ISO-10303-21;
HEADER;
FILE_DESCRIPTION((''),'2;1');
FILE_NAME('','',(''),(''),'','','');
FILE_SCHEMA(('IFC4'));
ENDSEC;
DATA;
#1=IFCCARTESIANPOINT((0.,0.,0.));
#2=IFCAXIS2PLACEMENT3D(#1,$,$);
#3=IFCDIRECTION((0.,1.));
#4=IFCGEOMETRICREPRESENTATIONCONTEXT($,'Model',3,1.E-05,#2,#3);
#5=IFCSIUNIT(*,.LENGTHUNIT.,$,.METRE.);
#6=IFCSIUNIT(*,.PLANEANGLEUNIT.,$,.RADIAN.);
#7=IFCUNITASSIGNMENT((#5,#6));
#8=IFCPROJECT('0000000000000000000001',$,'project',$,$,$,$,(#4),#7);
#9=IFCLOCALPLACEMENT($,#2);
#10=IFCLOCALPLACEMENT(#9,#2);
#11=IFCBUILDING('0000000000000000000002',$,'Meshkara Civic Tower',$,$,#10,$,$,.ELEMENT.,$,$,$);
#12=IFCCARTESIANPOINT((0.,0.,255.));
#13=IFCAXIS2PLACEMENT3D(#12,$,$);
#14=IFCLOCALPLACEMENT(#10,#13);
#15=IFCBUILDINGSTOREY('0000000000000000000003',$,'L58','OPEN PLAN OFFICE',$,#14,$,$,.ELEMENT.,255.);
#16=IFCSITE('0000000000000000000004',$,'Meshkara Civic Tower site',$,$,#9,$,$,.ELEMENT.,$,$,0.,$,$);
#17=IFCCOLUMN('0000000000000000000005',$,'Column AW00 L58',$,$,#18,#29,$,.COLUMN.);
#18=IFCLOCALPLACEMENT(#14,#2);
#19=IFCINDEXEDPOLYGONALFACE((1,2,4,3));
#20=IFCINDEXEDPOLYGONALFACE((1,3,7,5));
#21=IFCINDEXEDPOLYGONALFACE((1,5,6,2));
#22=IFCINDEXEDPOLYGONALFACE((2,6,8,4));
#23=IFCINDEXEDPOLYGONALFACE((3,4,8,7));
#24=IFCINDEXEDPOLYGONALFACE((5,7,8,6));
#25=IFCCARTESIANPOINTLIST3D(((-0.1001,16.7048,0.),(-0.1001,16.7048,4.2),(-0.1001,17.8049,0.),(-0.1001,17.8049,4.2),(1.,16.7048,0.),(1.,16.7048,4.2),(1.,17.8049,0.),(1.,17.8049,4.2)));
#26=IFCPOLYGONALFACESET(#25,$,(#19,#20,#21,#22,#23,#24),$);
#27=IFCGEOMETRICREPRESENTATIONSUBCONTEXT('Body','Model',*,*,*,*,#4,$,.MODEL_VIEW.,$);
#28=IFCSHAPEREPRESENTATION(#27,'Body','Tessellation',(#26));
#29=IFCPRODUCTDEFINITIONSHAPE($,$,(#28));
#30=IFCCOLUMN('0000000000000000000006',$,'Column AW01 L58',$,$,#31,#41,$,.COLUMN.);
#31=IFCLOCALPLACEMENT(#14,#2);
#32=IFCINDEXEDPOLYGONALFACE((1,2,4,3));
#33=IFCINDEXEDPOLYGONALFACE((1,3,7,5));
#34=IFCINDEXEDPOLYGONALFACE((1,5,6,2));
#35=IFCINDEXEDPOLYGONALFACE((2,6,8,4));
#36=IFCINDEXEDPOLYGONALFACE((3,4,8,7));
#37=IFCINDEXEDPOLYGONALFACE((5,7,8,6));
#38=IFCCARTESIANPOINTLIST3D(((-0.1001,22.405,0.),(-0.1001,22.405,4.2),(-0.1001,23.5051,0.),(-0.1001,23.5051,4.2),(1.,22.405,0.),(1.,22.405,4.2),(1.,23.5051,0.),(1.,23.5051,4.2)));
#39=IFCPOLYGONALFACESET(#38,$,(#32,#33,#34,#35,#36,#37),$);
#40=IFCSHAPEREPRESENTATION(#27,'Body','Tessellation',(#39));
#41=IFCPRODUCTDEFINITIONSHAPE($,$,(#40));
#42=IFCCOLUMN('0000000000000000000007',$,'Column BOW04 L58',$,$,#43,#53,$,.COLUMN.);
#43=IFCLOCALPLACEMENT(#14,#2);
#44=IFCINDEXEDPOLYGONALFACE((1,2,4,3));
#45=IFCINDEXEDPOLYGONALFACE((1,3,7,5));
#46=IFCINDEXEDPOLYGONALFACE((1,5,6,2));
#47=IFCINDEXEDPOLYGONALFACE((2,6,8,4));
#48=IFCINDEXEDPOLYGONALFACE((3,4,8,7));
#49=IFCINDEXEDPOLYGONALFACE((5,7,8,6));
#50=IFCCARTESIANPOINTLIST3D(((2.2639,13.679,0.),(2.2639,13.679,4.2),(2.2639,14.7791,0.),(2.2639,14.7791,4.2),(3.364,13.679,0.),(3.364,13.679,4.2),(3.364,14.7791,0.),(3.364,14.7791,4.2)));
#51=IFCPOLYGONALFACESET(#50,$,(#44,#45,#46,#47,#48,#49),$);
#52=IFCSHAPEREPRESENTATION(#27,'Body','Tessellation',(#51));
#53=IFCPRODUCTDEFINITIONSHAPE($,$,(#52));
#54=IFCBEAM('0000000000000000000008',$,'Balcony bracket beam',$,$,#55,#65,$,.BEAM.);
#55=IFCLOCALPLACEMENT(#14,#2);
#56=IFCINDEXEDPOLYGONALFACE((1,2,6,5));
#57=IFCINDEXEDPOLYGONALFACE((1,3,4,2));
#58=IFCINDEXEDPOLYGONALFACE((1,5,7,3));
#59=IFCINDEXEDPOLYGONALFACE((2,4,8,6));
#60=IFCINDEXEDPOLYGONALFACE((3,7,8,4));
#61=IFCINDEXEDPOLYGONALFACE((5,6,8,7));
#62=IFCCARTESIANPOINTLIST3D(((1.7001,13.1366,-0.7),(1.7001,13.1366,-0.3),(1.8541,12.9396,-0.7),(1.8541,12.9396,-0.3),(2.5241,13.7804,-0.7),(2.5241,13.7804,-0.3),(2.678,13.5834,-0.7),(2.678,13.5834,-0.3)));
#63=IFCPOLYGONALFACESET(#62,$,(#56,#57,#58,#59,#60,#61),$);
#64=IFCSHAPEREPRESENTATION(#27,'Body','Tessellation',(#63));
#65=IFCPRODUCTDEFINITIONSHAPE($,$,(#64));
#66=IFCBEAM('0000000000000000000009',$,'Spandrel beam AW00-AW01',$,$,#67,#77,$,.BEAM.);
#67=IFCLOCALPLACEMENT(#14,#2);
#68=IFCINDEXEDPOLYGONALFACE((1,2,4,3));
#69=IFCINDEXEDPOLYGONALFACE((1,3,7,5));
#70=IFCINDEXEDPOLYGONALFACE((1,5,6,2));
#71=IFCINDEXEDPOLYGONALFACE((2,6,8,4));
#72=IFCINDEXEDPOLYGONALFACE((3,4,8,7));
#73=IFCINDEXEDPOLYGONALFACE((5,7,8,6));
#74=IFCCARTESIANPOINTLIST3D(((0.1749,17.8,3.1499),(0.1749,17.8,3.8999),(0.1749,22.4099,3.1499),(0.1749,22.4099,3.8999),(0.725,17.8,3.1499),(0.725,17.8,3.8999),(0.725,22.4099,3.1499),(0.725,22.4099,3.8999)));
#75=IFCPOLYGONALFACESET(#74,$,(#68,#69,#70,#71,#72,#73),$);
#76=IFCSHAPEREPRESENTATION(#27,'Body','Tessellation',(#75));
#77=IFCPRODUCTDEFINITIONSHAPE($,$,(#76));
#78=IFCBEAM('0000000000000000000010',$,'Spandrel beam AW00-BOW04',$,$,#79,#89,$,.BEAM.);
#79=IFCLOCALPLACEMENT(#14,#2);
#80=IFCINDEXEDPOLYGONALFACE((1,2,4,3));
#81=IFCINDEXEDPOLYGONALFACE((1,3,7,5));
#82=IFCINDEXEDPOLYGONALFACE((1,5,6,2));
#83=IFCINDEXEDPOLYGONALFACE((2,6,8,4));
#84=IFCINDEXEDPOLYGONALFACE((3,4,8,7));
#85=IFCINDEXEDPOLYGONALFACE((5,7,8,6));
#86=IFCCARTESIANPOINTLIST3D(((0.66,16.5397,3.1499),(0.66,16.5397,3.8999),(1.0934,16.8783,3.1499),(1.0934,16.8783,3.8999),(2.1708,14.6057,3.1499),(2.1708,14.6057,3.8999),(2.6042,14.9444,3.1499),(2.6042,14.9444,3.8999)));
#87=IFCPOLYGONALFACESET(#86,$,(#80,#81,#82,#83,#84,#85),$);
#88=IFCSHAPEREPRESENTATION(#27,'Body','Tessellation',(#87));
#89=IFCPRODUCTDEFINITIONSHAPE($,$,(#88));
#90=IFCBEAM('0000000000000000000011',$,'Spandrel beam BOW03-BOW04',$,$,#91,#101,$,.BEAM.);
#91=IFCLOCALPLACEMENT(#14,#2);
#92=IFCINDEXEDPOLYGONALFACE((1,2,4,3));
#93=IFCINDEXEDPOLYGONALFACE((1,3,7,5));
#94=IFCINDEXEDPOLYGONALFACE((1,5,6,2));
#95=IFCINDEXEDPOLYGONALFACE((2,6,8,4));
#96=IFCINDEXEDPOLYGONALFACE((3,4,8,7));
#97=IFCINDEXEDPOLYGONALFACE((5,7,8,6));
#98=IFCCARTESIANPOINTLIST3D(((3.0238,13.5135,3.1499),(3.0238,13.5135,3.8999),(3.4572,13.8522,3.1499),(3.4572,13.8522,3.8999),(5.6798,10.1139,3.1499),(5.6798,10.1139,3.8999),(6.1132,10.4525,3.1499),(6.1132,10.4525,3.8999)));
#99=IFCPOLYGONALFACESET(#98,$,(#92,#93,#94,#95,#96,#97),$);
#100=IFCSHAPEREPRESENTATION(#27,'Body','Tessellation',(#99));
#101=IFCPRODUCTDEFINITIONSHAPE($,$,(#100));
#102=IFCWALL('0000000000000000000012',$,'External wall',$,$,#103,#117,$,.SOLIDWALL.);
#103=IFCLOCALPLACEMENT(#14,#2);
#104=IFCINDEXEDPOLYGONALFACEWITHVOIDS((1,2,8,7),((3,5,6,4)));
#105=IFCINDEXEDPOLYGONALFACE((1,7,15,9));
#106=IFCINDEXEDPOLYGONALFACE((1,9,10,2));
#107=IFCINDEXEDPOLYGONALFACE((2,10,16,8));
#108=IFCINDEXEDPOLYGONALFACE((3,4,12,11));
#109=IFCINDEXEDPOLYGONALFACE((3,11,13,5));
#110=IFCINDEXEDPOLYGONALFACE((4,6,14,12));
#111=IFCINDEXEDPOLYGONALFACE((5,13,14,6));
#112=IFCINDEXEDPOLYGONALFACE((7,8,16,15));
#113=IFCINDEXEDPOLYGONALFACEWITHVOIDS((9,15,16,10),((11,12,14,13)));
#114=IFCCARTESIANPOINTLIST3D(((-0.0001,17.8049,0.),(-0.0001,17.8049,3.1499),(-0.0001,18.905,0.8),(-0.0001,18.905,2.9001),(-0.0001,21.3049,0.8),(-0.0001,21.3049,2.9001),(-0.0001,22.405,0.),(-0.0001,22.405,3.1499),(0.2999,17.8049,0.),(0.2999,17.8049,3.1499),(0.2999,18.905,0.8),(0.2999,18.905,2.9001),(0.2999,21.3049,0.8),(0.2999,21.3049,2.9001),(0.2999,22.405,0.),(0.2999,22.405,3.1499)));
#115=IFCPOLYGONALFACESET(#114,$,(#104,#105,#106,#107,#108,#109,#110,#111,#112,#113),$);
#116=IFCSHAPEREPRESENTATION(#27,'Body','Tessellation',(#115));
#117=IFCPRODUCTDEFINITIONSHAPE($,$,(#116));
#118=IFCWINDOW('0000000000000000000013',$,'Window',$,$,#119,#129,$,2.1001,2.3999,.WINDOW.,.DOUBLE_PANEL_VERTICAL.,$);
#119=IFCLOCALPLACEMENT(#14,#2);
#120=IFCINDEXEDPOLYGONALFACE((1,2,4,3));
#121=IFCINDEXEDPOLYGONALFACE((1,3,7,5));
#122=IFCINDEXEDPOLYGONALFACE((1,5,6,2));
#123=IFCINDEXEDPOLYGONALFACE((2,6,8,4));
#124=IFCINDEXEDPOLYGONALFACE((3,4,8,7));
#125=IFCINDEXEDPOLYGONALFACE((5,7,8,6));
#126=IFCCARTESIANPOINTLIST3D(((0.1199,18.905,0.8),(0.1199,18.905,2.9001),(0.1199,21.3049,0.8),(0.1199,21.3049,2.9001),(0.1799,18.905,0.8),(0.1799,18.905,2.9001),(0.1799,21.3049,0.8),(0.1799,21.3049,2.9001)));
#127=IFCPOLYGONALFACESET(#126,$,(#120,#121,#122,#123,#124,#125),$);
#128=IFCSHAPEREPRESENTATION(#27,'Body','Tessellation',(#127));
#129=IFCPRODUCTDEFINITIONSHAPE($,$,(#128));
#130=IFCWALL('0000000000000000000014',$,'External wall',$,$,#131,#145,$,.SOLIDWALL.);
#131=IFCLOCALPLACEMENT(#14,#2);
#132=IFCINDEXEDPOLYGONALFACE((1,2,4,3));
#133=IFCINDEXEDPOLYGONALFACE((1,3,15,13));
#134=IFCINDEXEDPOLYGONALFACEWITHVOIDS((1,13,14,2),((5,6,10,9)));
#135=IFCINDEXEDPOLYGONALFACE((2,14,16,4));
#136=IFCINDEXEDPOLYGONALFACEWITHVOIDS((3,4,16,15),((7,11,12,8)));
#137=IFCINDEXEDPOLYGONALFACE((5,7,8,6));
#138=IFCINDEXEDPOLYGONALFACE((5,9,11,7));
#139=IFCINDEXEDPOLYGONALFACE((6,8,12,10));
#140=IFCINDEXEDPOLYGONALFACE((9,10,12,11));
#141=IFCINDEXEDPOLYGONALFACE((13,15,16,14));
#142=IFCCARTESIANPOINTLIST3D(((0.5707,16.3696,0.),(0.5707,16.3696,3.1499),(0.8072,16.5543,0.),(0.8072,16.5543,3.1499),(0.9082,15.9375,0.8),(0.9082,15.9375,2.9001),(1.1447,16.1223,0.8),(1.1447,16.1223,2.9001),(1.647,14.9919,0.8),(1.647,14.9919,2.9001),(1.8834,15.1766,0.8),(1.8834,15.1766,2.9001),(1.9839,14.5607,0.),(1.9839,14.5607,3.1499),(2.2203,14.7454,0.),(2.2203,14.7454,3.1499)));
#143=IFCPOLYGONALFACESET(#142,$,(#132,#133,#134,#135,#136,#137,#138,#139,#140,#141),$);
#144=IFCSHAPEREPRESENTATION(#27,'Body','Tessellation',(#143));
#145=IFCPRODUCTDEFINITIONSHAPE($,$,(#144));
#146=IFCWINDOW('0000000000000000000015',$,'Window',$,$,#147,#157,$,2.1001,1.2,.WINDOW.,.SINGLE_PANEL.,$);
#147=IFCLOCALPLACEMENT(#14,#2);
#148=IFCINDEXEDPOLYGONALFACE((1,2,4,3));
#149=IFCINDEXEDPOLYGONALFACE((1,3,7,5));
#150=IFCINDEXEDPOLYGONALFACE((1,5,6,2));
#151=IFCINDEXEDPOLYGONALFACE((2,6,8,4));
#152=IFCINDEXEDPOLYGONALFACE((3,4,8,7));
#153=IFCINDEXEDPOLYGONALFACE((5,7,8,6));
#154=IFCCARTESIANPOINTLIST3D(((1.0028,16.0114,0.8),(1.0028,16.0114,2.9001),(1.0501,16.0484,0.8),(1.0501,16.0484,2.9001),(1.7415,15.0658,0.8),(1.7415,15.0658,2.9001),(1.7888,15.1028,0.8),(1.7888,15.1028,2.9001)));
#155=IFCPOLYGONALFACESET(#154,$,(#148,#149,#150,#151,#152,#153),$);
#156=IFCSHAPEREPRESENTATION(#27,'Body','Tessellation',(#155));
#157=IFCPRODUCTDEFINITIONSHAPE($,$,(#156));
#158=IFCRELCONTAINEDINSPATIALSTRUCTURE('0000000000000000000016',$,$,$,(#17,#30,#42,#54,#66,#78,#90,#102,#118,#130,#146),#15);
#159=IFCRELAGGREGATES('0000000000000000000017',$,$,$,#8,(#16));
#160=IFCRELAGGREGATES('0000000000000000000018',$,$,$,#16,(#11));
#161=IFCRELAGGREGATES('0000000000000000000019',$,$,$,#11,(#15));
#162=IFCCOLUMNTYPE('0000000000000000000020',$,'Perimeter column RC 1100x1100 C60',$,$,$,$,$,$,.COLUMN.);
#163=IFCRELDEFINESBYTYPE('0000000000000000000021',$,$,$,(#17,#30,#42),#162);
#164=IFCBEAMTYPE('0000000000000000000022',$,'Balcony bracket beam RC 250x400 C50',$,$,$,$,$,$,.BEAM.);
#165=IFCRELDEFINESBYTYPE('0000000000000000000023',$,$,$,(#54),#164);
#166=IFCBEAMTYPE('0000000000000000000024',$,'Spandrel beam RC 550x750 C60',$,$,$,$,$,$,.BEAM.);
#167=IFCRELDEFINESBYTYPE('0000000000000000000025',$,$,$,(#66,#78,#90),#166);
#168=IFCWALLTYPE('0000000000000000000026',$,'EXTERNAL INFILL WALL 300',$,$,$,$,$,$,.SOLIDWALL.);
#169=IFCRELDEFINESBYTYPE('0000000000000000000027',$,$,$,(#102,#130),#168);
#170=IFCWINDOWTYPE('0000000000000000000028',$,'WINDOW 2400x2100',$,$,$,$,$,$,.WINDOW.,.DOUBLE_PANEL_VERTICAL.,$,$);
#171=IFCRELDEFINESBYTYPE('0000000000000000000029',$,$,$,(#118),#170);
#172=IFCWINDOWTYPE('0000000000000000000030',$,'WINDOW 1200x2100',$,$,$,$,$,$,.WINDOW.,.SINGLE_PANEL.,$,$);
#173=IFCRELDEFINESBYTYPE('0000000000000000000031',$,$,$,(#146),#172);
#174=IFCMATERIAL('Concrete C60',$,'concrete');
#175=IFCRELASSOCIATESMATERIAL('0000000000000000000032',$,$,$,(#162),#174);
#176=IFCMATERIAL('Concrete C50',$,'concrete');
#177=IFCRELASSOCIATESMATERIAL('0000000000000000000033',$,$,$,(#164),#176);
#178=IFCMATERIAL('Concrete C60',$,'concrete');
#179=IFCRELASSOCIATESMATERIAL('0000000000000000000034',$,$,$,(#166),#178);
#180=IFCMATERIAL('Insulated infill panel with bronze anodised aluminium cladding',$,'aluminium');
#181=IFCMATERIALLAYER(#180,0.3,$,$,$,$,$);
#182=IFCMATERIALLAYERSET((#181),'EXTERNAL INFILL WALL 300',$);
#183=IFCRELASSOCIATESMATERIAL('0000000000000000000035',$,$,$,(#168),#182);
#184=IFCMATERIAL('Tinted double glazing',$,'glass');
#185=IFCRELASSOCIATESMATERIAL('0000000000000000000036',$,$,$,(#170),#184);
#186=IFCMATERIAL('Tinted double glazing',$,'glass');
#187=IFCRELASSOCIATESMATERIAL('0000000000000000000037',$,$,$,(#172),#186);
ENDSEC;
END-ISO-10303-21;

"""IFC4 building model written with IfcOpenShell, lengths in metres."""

from ifc_helpers import new_model, si_unit, direction, frame, frame_2d, origin, origin_2d, place, context, subcontext, project, spatial, rectangle, extrude, material, layer, layer_set, material_profile, profile_set, type_object, element, fill, save


model = new_model("IFC4")

# Units and contexts
model_context = context("Model", 3, precision=1e-05, world=origin(), true_north=direction((0.0, 1.0)))
body_context = subcontext(model_context, "Body", "Model", "MODEL_VIEW")
ifc_project = project(units=[si_unit("LENGTHUNIT", "METRE"), si_unit("PLANEANGLEUNIT", "RADIAN")], contexts=[model_context])

# Site, building, storey
site_placement = place(None, origin())
site = spatial("IfcSite", under=ifc_project, at=site_placement, Name="Meshkara Civic Tower site", CompositionType="ELEMENT", RefElevation=0.0)
building_placement = place(site_placement, origin())
building = spatial("IfcBuilding", under=site, at=building_placement, Name="Meshkara Civic Tower", CompositionType="ELEMENT")
storey_placement = place(building_placement, frame((0.0, 0.0, 255.0)))
storey = spatial("IfcBuildingStorey", under=building, at=storey_placement, Name="L58", Description="OPEN PLAN OFFICE", CompositionType="ELEMENT", Elevation=255.0)

# Columns
ifc_material_1 = material(Name="Concrete C60", Category="concrete")
ifc_material_profile_1 = material_profile(ifc_material_1, rectangle(XDim=1.1001, YDim=1.1001, at=origin_2d()))
ifc_profile_set_1 = profile_set([ifc_material_profile_1], Name="Concrete C60")
column_type = type_object("IfcColumnType", Name="Perimeter column RC 1100x1100 C60", PredefinedType="COLUMN", material=ifc_profile_set_1)
for number, where, z_axis, x_axis, name in (
    (1, (0.45, 17.2549, 0.0), (0.0, 0.0, 1.0), (1.0, 0.0, 0.0), "Column AW00 L58"),
    (2, (0.45, 22.9551, 0.0), (0.0, 0.0, 1.0), (1.0, 0.0, 0.0), "Column AW01 L58"),
    (3, (2.814, 14.229, 0.0), (0.0, 0.0, 1.0), (1.0, 0.0, 0.0), "Column BOW04 L58"),
):
    element("IfcColumn", number, at=place(storey_placement, frame(where, z_axis=z_axis, x_axis=x_axis)), inside=storey, type_object=column_type, Name=name, PredefinedType="COLUMN", context=body_context, shape_type="SweptSolid", body=[
        extrude(rectangle(XDim=1.1001, YDim=1.1001, at=origin_2d()), origin(), (0.0, 0.0, 1.0), 4.2),
    ])

# Beams
ifc_material_2 = material(Name="Concrete C50", Category="concrete")
ifc_material_profile_2 = material_profile(ifc_material_2, rectangle(XDim=0.25, YDim=0.3999, at=origin_2d()))
ifc_profile_set_2 = profile_set([ifc_material_profile_2], Name="Concrete C50")
beam_type_1 = type_object("IfcBeamType", Name="Balcony bracket beam RC 250x400 C50", PredefinedType="BEAM", material=ifc_profile_set_2)
beam_1_placement = place(storey_placement, frame((2.6011, 13.6819, -0.5), z_axis=(-0.787993, -0.615685, 0.0), x_axis=(0.615685, -0.787993, 0.0)))
element("IfcBeam", 4, at=beam_1_placement, inside=storey, type_object=beam_type_1, Name="Balcony bracket beam", PredefinedType="BEAM", context=body_context, shape_type="SweptSolid", body=[
    extrude(rectangle(XDim=0.25, YDim=0.3999, at=origin_2d()), origin(), (0.0, 0.0, 1.0), 1.0457),
])
ifc_material_3 = material(Name="Concrete C60", Category="concrete")
ifc_material_profile_3 = material_profile(ifc_material_3, rectangle(XDim=0.55, YDim=0.75, at=origin_2d()))
ifc_profile_set_3 = profile_set([ifc_material_profile_3], Name="Concrete C60")
beam_type_2 = type_object("IfcBeamType", Name="Spandrel beam RC 550x750 C60", PredefinedType="BEAM", material=ifc_profile_set_3)
beam_2_placement = place(storey_placement, frame((0.45, 22.4099, 3.5249), z_axis=(0.0, -1.0, 0.0), x_axis=(1.0, 0.0, 0.0)))
element("IfcBeam", 5, at=beam_2_placement, inside=storey, type_object=beam_type_2, Name="Spandrel beam AW00-AW01", PredefinedType="BEAM", context=body_context, shape_type="SweptSolid", body=[
    extrude(rectangle(XDim=0.55, YDim=0.75, at=origin_2d()), origin(), (0.0, 0.0, 1.0), 4.6099),
])
beam_3_placement = place(storey_placement, frame((0.8767, 16.709, 3.5249), z_axis=(0.615627, -0.788038, 0.0), x_axis=(0.788038, 0.615627, 0.0)))
element("IfcBeam", 6, at=beam_3_placement, inside=storey, type_object=beam_type_2, Name="Spandrel beam AW00-BOW04", PredefinedType="BEAM", context=body_context, shape_type="SweptSolid", body=[
    extrude(rectangle(XDim=0.55, YDim=0.75, at=origin_2d()), origin(), (0.0, 0.0, 1.0), 2.4541),
])
beam_4_placement = place(storey_placement, frame((3.2405, 13.6829, 3.5249), z_axis=(0.615647, -0.788022, 0.0), x_axis=(0.788022, 0.615647, 0.0)))
element("IfcBeam", 7, at=beam_4_placement, inside=storey, type_object=beam_type_2, Name="Spandrel beam BOW03-BOW04", PredefinedType="BEAM", context=body_context, shape_type="SweptSolid", body=[
    extrude(rectangle(XDim=0.55, YDim=0.75, at=origin_2d()), origin(), (0.0, 0.0, 1.0), 4.3142),
])

# Walls, openings, windows
ifc_material_4 = material(Name="Insulated infill panel with bronze anodised aluminium cladding", Category="aluminium")
ifc_layer = layer(ifc_material_4, 0.3)
ifc_layer_set = layer_set([ifc_layer], Name="EXTERNAL INFILL WALL 300")
wall_type = type_object("IfcWallType", Name="EXTERNAL INFILL WALL 300", PredefinedType="SOLIDWALL", material=ifc_layer_set)
wall_1_placement = place(storey_placement, frame((0.1499, 22.405, 0.0), z_axis=(0.0, 0.0, 1.0), x_axis=(0.0, -1.0, 0.0)))
wall_1 = element("IfcWall", 8, at=wall_1_placement, inside=storey, type_object=wall_type, Name="External wall", PredefinedType="SOLIDWALL", context=body_context, shape_type="SweptSolid", body=[
    extrude(rectangle(XDim=4.6001, YDim=0.3, at=frame_2d((2.3, 0.0))), origin(), (0.0, 0.0, 1.0), 3.1499),
])
opening_1_placement = place(wall_1_placement, frame((1.1001, 0.0, 0.8)))
opening_1 = element("IfcOpeningElement", 9, at=opening_1_placement, cuts=wall_1, PredefinedType="OPENING", context=body_context, shape_type="SweptSolid", body=[
    extrude(rectangle(XDim=2.3999, YDim=2.1001, at=frame_2d((1.2, 1.05))), frame((0.0, 0.1599, 0.0), z_axis=(0.0, -1.0, 0.0), x_axis=(1.0, 0.0, 0.0)), (0.0, 0.0, 1.0), 0.3201),
])
ifc_material_5 = material(Name="Tinted double glazing", Category="glass")
window_type_1 = type_object("IfcWindowType", Name="WINDOW 2400x2100", PartitioningType="DOUBLE_PANEL_VERTICAL", PredefinedType="WINDOW", material=ifc_material_5)
window_1_placement = place(opening_1_placement, origin())
window_1 = element("IfcWindow", 10, at=window_1_placement, inside=storey, type_object=window_type_1, Name="Window", OverallHeight=2.1001, OverallWidth=2.3999, PartitioningType="DOUBLE_PANEL_VERTICAL", PredefinedType="WINDOW", context=body_context, shape_type="SweptSolid", body=[
    extrude(rectangle(XDim=2.3999, YDim=2.1001, at=frame_2d((1.2, 1.05))), frame((0.0, 0.03, 0.0), z_axis=(0.0, -1.0, 0.0), x_axis=(1.0, 0.0, 0.0)), (0.0, 0.0, 1.0), 0.0601),
])
fill(opening_1, window_1)
wall_2_placement = place(storey_placement, frame((0.689, 16.4619, 0.0), z_axis=(0.0, 0.0, 1.0), x_axis=(0.615625, -0.788039, 0.0)))
wall_2 = element("IfcWall", 11, at=wall_2_placement, inside=storey, type_object=wall_type, Name="External wall", PredefinedType="SOLIDWALL", context=body_context, shape_type="SweptSolid", body=[
    extrude(rectangle(XDim=2.2954, YDim=0.3, at=frame_2d((1.1477, 0.0))), origin(), (0.0, 0.0, 1.0), 3.1499),
])
opening_2_placement = place(wall_2_placement, frame((0.5481, 0.0, 0.8)))
opening_2 = element("IfcOpeningElement", 12, at=opening_2_placement, cuts=wall_2, PredefinedType="OPENING", context=body_context, shape_type="SweptSolid", body=[
    extrude(rectangle(XDim=1.2, YDim=2.1001, at=frame_2d((0.6001, 1.05))), frame((0.0, 0.1599, 0.0), z_axis=(0.0, -1.0, 0.0), x_axis=(1.0, 0.0, 0.0)), (0.0, 0.0, 1.0), 0.3201),
])
ifc_material_6 = material(Name="Tinted double glazing", Category="glass")
window_type_2 = type_object("IfcWindowType", Name="WINDOW 1200x2100", PartitioningType="SINGLE_PANEL", PredefinedType="WINDOW", material=ifc_material_6)
window_2_placement = place(opening_2_placement, origin())
window_2 = element("IfcWindow", 13, at=window_2_placement, inside=storey, type_object=window_type_2, Name="Window", OverallHeight=2.1001, OverallWidth=1.2, PartitioningType="SINGLE_PANEL", PredefinedType="WINDOW", context=body_context, shape_type="SweptSolid", body=[
    extrude(rectangle(XDim=1.2, YDim=2.1001, at=frame_2d((0.6001, 1.05))), frame((0.0, 0.03, 0.0), z_axis=(0.0, -1.0, 0.0), x_axis=(1.0, 0.0, 0.0)), (0.0, 0.0, 1.0), 0.0601),
])
fill(opening_2, window_2)

save(model, "model.ifc")
